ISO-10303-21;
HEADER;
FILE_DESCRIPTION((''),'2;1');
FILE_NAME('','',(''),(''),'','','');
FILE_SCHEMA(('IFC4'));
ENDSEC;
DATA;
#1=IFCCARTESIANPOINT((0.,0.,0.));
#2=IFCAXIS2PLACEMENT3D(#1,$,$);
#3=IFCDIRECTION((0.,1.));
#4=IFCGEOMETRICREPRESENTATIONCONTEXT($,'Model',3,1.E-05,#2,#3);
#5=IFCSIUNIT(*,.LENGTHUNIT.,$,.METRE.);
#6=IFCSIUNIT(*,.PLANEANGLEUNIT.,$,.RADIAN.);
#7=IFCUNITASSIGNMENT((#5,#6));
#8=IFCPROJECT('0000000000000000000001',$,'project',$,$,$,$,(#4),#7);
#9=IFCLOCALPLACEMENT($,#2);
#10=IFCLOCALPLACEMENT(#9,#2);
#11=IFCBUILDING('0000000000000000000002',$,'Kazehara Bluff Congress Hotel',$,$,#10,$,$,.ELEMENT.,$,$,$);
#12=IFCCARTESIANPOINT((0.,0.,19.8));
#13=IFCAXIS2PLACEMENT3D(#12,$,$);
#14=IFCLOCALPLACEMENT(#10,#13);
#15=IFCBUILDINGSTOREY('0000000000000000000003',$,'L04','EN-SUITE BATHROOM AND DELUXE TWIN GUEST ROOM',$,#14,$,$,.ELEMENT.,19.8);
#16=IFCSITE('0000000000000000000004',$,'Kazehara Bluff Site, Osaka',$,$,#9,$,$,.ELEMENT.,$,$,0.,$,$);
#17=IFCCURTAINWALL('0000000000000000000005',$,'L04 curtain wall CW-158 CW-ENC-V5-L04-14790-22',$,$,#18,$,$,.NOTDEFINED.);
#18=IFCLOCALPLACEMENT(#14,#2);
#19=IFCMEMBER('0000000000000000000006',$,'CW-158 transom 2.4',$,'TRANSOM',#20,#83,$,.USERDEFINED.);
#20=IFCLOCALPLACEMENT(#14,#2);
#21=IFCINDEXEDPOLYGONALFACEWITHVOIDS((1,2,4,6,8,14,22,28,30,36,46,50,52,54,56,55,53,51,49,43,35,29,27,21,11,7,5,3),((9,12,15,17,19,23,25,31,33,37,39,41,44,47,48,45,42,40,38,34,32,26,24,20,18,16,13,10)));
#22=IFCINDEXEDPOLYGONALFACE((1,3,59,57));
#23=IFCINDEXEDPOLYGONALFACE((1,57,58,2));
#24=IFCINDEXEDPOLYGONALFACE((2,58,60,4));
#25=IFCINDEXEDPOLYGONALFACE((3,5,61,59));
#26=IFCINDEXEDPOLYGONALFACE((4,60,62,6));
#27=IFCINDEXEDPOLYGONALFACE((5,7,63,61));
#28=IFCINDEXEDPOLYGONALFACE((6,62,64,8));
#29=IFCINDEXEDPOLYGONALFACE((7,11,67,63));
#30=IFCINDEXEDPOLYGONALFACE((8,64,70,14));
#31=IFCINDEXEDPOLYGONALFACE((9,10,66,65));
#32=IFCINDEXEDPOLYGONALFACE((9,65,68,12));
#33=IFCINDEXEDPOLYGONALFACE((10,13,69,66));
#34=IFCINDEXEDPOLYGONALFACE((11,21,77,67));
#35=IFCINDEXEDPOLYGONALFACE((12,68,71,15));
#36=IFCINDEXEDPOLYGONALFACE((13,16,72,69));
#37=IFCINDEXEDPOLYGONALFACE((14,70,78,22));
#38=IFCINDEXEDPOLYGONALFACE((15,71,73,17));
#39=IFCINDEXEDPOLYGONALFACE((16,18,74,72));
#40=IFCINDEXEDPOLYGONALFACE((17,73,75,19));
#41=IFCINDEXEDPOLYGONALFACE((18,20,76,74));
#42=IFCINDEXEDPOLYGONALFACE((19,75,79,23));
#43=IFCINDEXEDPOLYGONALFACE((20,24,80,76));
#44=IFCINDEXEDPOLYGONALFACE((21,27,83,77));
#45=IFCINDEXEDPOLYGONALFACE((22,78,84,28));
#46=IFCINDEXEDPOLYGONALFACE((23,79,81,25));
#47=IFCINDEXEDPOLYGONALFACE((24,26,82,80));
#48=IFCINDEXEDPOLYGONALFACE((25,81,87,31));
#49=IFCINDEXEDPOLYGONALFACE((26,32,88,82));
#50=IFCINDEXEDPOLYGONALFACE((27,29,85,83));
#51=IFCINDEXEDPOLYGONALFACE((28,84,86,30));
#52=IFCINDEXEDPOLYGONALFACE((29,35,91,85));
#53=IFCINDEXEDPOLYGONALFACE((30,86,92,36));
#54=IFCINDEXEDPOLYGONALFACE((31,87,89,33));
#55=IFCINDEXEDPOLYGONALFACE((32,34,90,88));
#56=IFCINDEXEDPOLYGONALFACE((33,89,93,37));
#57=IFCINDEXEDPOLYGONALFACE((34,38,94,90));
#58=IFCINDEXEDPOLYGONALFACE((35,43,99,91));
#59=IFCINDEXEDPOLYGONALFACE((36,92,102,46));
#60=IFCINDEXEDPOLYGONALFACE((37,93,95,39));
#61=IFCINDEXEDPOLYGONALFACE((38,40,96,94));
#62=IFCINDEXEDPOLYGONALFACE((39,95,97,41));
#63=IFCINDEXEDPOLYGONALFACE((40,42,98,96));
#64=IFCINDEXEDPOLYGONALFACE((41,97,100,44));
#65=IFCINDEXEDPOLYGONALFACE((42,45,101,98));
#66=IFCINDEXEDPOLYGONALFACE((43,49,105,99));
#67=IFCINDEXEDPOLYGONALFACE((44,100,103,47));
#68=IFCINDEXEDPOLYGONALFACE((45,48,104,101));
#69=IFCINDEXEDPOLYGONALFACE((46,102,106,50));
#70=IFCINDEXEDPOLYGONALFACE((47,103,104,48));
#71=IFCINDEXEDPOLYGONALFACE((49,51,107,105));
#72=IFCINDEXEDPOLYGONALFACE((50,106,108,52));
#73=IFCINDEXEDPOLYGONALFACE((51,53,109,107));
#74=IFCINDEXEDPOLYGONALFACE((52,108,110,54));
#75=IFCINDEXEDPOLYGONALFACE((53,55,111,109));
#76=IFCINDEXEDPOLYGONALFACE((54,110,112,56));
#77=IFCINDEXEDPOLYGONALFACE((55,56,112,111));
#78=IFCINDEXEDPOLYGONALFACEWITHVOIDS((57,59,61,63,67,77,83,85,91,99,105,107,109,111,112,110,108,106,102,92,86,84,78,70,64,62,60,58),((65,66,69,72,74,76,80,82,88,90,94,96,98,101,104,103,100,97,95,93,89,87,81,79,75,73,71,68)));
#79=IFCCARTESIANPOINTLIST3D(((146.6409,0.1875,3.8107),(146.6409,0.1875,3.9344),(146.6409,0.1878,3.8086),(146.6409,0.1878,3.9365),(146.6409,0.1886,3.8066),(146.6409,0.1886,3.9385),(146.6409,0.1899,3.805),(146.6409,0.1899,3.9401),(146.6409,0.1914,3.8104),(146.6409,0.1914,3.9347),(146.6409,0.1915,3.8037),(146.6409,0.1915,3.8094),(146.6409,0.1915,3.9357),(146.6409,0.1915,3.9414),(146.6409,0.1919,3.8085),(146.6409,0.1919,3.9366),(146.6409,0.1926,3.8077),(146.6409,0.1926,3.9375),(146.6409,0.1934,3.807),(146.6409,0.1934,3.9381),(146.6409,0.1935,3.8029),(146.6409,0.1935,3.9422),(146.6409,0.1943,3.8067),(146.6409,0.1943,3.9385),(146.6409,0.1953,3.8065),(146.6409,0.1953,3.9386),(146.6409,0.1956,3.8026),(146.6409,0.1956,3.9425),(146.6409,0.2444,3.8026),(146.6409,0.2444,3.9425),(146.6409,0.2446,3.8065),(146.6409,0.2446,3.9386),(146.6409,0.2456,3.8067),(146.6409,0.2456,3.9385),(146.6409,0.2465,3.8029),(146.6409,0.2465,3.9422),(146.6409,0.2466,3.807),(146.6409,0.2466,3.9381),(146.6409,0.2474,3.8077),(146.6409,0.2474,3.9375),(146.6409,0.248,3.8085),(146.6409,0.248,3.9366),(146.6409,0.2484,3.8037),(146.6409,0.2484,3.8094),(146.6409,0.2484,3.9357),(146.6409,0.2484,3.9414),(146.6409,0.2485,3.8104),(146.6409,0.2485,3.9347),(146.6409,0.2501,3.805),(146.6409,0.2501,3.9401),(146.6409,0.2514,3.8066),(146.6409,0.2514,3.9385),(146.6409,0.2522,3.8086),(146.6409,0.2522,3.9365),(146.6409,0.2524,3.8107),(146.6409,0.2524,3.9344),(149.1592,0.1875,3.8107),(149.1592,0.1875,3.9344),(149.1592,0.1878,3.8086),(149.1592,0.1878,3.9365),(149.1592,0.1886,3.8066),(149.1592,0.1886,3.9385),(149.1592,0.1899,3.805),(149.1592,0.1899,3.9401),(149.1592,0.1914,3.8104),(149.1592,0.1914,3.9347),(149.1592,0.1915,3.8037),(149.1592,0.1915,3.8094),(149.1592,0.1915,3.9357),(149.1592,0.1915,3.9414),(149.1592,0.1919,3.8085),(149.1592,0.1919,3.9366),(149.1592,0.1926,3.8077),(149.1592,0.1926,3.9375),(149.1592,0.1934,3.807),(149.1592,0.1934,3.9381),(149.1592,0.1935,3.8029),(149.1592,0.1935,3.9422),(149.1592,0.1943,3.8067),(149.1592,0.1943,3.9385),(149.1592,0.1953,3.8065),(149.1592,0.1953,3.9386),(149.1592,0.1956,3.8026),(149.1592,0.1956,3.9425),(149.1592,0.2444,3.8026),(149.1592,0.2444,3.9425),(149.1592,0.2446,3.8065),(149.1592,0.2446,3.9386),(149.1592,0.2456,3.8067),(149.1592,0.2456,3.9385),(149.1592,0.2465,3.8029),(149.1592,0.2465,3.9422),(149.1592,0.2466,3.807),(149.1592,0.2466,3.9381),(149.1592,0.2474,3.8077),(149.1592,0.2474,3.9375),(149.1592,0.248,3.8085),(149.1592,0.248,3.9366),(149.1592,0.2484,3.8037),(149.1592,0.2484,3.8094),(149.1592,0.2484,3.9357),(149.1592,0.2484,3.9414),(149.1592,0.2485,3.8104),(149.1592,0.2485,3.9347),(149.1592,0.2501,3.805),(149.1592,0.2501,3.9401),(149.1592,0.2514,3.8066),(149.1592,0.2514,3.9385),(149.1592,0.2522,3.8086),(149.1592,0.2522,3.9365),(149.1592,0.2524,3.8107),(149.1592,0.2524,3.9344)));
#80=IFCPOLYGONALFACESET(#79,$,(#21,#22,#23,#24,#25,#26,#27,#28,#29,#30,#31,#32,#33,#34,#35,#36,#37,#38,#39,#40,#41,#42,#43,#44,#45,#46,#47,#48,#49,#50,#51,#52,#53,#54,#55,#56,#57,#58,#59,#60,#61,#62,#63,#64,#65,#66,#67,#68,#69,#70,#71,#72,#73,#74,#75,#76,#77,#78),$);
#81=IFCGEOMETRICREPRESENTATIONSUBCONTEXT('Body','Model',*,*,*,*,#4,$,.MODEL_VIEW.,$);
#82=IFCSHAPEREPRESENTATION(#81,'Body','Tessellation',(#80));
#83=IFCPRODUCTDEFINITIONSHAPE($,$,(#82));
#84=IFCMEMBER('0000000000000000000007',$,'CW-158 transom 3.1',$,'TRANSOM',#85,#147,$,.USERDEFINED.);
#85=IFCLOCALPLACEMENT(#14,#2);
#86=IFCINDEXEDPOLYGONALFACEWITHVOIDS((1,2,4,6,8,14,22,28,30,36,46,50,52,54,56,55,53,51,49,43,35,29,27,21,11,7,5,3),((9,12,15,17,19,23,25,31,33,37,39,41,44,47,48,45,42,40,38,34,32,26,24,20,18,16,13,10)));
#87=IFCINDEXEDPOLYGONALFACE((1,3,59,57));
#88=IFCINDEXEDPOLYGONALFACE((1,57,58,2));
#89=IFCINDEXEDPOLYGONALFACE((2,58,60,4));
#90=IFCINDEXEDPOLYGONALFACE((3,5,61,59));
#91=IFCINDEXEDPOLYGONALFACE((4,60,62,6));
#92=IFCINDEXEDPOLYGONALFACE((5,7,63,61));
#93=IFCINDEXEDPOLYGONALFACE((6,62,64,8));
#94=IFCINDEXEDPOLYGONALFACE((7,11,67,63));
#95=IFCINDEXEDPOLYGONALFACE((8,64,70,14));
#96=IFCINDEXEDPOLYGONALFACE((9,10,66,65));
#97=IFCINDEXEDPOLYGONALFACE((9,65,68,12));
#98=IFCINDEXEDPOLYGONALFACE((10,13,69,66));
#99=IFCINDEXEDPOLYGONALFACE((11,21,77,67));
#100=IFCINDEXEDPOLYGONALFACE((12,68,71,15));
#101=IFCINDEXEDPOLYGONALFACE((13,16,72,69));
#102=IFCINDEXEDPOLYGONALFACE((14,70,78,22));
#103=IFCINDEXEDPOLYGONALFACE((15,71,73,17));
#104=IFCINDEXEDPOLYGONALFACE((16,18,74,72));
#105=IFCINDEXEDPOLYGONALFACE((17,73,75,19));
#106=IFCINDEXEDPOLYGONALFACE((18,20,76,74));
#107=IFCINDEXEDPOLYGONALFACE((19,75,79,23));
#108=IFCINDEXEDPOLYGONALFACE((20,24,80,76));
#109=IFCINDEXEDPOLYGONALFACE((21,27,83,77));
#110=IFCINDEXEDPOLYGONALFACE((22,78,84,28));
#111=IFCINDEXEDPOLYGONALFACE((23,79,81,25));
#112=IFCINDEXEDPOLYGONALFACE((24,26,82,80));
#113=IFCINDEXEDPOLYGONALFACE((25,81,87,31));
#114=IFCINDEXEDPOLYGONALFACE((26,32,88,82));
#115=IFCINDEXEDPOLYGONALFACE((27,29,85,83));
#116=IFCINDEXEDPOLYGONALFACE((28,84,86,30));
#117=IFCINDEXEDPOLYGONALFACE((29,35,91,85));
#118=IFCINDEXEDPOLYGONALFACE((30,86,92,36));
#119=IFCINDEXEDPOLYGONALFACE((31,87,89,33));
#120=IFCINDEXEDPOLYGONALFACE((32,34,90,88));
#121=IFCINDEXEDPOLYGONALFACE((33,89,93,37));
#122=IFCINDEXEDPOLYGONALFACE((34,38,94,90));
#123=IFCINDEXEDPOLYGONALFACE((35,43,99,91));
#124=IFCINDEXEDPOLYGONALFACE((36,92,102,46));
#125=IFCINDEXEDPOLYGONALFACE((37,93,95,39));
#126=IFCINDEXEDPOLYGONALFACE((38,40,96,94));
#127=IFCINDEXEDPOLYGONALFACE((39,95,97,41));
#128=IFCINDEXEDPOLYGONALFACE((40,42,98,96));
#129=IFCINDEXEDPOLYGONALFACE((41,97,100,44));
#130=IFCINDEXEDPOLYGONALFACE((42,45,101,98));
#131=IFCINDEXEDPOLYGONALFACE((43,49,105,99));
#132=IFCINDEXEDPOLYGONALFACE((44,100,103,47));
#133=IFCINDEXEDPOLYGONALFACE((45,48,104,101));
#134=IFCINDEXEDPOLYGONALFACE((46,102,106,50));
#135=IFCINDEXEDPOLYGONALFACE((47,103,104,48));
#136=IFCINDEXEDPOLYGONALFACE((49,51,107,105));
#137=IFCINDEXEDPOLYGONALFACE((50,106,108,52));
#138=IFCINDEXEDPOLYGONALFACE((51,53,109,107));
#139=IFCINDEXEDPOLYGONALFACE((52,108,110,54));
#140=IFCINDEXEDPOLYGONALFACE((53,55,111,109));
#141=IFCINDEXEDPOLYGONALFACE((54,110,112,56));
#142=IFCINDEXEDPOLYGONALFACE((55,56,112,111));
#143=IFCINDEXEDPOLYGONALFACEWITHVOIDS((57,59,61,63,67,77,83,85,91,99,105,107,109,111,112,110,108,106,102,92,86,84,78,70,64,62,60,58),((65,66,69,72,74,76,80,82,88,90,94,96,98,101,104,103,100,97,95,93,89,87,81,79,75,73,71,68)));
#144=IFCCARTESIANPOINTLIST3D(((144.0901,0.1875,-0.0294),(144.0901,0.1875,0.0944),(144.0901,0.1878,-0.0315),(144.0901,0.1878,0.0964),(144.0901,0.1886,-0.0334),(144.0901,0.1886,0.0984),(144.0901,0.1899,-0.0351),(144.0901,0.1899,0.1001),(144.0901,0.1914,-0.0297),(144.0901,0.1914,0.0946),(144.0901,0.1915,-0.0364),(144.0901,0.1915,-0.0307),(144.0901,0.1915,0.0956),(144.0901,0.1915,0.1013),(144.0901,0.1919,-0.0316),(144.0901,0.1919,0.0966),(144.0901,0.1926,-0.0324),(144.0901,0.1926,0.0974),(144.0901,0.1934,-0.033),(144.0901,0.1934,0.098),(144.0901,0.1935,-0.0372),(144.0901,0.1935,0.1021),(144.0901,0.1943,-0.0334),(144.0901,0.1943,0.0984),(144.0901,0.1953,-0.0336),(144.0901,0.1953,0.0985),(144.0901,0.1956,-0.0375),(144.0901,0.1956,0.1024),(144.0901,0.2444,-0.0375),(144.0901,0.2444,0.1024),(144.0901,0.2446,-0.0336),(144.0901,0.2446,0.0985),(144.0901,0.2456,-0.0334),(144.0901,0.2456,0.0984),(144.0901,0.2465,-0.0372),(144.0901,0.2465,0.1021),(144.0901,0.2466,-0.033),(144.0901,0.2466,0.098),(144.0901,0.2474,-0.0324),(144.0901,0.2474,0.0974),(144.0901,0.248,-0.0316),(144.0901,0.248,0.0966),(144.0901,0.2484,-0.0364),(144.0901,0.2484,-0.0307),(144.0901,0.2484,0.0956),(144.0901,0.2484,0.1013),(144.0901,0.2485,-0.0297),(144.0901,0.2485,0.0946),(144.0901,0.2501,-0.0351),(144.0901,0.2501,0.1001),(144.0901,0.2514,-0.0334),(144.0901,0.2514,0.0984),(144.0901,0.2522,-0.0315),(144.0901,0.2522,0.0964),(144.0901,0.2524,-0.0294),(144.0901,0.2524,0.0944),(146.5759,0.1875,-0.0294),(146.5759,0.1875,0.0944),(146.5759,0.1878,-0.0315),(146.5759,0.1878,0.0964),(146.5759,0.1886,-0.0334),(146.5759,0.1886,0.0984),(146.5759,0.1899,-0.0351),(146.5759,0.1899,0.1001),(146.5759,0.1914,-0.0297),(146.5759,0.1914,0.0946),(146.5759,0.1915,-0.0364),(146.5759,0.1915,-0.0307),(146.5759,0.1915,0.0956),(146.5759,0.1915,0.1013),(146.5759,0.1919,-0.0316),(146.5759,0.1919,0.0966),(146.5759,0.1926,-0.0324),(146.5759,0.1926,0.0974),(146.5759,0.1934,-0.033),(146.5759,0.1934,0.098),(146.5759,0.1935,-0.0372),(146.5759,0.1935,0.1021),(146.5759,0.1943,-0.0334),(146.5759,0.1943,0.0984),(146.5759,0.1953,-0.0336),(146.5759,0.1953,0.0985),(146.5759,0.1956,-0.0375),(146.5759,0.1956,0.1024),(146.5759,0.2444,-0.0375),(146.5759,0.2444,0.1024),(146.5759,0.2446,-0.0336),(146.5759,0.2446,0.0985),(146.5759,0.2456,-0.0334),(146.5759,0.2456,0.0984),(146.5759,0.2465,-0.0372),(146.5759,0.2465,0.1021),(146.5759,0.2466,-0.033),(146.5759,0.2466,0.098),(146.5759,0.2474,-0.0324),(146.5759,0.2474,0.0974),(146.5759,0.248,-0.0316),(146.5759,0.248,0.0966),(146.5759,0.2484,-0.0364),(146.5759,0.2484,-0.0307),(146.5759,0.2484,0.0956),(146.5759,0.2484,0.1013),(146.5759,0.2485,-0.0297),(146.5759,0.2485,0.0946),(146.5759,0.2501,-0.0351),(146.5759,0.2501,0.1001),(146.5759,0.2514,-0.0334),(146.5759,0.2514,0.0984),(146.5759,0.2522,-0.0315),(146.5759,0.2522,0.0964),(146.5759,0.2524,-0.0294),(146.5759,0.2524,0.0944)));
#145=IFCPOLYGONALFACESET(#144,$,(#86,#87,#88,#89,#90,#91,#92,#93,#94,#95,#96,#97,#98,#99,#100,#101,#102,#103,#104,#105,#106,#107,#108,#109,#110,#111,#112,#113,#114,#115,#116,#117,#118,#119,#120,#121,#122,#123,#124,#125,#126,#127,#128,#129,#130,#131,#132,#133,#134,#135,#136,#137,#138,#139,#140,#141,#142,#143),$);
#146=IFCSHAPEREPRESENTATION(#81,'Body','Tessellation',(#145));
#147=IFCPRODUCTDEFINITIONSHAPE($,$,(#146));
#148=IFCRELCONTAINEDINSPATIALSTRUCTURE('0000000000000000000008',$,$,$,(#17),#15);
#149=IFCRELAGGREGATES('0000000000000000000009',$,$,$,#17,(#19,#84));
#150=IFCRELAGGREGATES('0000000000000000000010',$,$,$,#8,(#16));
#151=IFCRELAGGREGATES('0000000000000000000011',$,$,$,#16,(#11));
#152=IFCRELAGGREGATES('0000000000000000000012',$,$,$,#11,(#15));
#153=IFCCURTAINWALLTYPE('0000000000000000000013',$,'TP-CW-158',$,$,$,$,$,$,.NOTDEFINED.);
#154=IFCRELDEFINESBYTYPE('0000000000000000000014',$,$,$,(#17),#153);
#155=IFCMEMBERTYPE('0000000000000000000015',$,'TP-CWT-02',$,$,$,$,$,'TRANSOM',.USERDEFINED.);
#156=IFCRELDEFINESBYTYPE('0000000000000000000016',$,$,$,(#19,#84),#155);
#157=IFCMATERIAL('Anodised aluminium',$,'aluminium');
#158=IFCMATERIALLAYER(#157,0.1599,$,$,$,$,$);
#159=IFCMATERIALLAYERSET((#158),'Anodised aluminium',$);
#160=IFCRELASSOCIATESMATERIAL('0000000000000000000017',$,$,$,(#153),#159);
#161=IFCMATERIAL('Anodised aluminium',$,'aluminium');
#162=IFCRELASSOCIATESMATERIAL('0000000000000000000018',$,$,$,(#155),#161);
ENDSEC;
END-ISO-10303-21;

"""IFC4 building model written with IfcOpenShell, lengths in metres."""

from ifc_helpers import new_model, si_unit, direction, frame, origin, origin_2d, place, context, subcontext, project, spatial, hollow_rectangle, extrude, material, layer, layer_set, material_profile, profile_set, type_object, element, aggregate, save


model = new_model("IFC4")

# Units and contexts
model_context = context("Model", 3, precision=1e-05, world=origin(), true_north=direction((0.0, 1.0)))
body_context = subcontext(model_context, "Body", "Model", "MODEL_VIEW")
ifc_project = project(units=[si_unit("LENGTHUNIT", "METRE"), si_unit("PLANEANGLEUNIT", "RADIAN")], contexts=[model_context])

# Site, building, storey
site_placement = place(None, origin())
site = spatial("IfcSite", under=ifc_project, at=site_placement, Name="Kazehara Bluff Site, Osaka", CompositionType="ELEMENT", RefElevation=0.0)
building_placement = place(site_placement, origin())
building = spatial("IfcBuilding", under=site, at=building_placement, Name="Kazehara Bluff Congress Hotel", CompositionType="ELEMENT")
storey_placement = place(building_placement, frame((0.0, 0.0, 19.8)))
storey = spatial("IfcBuildingStorey", under=building, at=storey_placement, Name="L04", Description="EN-SUITE BATHROOM AND DELUXE TWIN GUEST ROOM", CompositionType="ELEMENT", Elevation=19.8)

# Curtain wall
ifc_material_1 = material(Name="Anodised aluminium", Category="aluminium")
ifc_layer_1 = layer(ifc_material_1, 0.1599)
ifc_layer_set_1 = layer_set([ifc_layer_1], Name="Anodised aluminium")
curtain_wall_type = type_object("IfcCurtainWallType", Name="TP-CW-158", PredefinedType="NOTDEFINED", material=ifc_layer_set_1)
curtain_wall_1_placement = place(storey_placement, origin())
curtain_wall_1 = element("IfcCurtainWall", 1, at=curtain_wall_1_placement, inside=storey, type_object=curtain_wall_type, Name="L04 curtain wall CW-158 CW-ENC-V5-L04-14790-22", PredefinedType="NOTDEFINED")

# Members
ifc_material_2 = material(Name="Anodised aluminium", Category="aluminium")
ifc_material_profile_1 = material_profile(ifc_material_2, hollow_rectangle(XDim=0.0649, YDim=0.1399, WallThickness=0.0039, InnerFilletRadius=0.0039, OuterFilletRadius=0.0081, at=origin_2d()))
ifc_profile_set_1 = profile_set([ifc_material_profile_1], Name="Anodised aluminium")
member_type_1 = type_object("IfcMemberType", Name="TP-CWT-02", ElementType="TRANSOM", PredefinedType="USERDEFINED", material=ifc_profile_set_1)
member_1_placement = place(storey_placement, frame((149.1592, 0.22, 3.8726), z_axis=(-1.0, 0.0, 0.0), x_axis=(0.0, -1.0, 0.0)))
member_1 = element("IfcMember", 2, at=member_1_placement, type_object=member_type_1, Name="CW-158 transom 2.4", ObjectType="TRANSOM", PredefinedType="USERDEFINED", context=body_context, shape_type="SweptSolid", body=[
    extrude(hollow_rectangle(XDim=0.0649, YDim=0.1399, WallThickness=0.0039, InnerFilletRadius=0.0039, OuterFilletRadius=0.0081, at=origin_2d()), origin(), (0.0, 0.0, 1.0), 2.5183),
])
member_2_placement = place(storey_placement, frame((146.5759, 0.22, 0.0325), z_axis=(-1.0, 0.0, 0.0), x_axis=(0.0, -1.0, 0.0)))
member_2 = element("IfcMember", 3, at=member_2_placement, type_object=member_type_1, Name="CW-158 transom 3.1", ObjectType="TRANSOM", PredefinedType="USERDEFINED", context=body_context, shape_type="SweptSolid", body=[
    extrude(hollow_rectangle(XDim=0.0649, YDim=0.1399, WallThickness=0.0039, InnerFilletRadius=0.0039, OuterFilletRadius=0.0081, at=origin_2d()), origin(), (0.0, 0.0, 1.0), 2.4858),
])

aggregate(curtain_wall_1, [member_1, member_2])

save(model, "model.ifc")
